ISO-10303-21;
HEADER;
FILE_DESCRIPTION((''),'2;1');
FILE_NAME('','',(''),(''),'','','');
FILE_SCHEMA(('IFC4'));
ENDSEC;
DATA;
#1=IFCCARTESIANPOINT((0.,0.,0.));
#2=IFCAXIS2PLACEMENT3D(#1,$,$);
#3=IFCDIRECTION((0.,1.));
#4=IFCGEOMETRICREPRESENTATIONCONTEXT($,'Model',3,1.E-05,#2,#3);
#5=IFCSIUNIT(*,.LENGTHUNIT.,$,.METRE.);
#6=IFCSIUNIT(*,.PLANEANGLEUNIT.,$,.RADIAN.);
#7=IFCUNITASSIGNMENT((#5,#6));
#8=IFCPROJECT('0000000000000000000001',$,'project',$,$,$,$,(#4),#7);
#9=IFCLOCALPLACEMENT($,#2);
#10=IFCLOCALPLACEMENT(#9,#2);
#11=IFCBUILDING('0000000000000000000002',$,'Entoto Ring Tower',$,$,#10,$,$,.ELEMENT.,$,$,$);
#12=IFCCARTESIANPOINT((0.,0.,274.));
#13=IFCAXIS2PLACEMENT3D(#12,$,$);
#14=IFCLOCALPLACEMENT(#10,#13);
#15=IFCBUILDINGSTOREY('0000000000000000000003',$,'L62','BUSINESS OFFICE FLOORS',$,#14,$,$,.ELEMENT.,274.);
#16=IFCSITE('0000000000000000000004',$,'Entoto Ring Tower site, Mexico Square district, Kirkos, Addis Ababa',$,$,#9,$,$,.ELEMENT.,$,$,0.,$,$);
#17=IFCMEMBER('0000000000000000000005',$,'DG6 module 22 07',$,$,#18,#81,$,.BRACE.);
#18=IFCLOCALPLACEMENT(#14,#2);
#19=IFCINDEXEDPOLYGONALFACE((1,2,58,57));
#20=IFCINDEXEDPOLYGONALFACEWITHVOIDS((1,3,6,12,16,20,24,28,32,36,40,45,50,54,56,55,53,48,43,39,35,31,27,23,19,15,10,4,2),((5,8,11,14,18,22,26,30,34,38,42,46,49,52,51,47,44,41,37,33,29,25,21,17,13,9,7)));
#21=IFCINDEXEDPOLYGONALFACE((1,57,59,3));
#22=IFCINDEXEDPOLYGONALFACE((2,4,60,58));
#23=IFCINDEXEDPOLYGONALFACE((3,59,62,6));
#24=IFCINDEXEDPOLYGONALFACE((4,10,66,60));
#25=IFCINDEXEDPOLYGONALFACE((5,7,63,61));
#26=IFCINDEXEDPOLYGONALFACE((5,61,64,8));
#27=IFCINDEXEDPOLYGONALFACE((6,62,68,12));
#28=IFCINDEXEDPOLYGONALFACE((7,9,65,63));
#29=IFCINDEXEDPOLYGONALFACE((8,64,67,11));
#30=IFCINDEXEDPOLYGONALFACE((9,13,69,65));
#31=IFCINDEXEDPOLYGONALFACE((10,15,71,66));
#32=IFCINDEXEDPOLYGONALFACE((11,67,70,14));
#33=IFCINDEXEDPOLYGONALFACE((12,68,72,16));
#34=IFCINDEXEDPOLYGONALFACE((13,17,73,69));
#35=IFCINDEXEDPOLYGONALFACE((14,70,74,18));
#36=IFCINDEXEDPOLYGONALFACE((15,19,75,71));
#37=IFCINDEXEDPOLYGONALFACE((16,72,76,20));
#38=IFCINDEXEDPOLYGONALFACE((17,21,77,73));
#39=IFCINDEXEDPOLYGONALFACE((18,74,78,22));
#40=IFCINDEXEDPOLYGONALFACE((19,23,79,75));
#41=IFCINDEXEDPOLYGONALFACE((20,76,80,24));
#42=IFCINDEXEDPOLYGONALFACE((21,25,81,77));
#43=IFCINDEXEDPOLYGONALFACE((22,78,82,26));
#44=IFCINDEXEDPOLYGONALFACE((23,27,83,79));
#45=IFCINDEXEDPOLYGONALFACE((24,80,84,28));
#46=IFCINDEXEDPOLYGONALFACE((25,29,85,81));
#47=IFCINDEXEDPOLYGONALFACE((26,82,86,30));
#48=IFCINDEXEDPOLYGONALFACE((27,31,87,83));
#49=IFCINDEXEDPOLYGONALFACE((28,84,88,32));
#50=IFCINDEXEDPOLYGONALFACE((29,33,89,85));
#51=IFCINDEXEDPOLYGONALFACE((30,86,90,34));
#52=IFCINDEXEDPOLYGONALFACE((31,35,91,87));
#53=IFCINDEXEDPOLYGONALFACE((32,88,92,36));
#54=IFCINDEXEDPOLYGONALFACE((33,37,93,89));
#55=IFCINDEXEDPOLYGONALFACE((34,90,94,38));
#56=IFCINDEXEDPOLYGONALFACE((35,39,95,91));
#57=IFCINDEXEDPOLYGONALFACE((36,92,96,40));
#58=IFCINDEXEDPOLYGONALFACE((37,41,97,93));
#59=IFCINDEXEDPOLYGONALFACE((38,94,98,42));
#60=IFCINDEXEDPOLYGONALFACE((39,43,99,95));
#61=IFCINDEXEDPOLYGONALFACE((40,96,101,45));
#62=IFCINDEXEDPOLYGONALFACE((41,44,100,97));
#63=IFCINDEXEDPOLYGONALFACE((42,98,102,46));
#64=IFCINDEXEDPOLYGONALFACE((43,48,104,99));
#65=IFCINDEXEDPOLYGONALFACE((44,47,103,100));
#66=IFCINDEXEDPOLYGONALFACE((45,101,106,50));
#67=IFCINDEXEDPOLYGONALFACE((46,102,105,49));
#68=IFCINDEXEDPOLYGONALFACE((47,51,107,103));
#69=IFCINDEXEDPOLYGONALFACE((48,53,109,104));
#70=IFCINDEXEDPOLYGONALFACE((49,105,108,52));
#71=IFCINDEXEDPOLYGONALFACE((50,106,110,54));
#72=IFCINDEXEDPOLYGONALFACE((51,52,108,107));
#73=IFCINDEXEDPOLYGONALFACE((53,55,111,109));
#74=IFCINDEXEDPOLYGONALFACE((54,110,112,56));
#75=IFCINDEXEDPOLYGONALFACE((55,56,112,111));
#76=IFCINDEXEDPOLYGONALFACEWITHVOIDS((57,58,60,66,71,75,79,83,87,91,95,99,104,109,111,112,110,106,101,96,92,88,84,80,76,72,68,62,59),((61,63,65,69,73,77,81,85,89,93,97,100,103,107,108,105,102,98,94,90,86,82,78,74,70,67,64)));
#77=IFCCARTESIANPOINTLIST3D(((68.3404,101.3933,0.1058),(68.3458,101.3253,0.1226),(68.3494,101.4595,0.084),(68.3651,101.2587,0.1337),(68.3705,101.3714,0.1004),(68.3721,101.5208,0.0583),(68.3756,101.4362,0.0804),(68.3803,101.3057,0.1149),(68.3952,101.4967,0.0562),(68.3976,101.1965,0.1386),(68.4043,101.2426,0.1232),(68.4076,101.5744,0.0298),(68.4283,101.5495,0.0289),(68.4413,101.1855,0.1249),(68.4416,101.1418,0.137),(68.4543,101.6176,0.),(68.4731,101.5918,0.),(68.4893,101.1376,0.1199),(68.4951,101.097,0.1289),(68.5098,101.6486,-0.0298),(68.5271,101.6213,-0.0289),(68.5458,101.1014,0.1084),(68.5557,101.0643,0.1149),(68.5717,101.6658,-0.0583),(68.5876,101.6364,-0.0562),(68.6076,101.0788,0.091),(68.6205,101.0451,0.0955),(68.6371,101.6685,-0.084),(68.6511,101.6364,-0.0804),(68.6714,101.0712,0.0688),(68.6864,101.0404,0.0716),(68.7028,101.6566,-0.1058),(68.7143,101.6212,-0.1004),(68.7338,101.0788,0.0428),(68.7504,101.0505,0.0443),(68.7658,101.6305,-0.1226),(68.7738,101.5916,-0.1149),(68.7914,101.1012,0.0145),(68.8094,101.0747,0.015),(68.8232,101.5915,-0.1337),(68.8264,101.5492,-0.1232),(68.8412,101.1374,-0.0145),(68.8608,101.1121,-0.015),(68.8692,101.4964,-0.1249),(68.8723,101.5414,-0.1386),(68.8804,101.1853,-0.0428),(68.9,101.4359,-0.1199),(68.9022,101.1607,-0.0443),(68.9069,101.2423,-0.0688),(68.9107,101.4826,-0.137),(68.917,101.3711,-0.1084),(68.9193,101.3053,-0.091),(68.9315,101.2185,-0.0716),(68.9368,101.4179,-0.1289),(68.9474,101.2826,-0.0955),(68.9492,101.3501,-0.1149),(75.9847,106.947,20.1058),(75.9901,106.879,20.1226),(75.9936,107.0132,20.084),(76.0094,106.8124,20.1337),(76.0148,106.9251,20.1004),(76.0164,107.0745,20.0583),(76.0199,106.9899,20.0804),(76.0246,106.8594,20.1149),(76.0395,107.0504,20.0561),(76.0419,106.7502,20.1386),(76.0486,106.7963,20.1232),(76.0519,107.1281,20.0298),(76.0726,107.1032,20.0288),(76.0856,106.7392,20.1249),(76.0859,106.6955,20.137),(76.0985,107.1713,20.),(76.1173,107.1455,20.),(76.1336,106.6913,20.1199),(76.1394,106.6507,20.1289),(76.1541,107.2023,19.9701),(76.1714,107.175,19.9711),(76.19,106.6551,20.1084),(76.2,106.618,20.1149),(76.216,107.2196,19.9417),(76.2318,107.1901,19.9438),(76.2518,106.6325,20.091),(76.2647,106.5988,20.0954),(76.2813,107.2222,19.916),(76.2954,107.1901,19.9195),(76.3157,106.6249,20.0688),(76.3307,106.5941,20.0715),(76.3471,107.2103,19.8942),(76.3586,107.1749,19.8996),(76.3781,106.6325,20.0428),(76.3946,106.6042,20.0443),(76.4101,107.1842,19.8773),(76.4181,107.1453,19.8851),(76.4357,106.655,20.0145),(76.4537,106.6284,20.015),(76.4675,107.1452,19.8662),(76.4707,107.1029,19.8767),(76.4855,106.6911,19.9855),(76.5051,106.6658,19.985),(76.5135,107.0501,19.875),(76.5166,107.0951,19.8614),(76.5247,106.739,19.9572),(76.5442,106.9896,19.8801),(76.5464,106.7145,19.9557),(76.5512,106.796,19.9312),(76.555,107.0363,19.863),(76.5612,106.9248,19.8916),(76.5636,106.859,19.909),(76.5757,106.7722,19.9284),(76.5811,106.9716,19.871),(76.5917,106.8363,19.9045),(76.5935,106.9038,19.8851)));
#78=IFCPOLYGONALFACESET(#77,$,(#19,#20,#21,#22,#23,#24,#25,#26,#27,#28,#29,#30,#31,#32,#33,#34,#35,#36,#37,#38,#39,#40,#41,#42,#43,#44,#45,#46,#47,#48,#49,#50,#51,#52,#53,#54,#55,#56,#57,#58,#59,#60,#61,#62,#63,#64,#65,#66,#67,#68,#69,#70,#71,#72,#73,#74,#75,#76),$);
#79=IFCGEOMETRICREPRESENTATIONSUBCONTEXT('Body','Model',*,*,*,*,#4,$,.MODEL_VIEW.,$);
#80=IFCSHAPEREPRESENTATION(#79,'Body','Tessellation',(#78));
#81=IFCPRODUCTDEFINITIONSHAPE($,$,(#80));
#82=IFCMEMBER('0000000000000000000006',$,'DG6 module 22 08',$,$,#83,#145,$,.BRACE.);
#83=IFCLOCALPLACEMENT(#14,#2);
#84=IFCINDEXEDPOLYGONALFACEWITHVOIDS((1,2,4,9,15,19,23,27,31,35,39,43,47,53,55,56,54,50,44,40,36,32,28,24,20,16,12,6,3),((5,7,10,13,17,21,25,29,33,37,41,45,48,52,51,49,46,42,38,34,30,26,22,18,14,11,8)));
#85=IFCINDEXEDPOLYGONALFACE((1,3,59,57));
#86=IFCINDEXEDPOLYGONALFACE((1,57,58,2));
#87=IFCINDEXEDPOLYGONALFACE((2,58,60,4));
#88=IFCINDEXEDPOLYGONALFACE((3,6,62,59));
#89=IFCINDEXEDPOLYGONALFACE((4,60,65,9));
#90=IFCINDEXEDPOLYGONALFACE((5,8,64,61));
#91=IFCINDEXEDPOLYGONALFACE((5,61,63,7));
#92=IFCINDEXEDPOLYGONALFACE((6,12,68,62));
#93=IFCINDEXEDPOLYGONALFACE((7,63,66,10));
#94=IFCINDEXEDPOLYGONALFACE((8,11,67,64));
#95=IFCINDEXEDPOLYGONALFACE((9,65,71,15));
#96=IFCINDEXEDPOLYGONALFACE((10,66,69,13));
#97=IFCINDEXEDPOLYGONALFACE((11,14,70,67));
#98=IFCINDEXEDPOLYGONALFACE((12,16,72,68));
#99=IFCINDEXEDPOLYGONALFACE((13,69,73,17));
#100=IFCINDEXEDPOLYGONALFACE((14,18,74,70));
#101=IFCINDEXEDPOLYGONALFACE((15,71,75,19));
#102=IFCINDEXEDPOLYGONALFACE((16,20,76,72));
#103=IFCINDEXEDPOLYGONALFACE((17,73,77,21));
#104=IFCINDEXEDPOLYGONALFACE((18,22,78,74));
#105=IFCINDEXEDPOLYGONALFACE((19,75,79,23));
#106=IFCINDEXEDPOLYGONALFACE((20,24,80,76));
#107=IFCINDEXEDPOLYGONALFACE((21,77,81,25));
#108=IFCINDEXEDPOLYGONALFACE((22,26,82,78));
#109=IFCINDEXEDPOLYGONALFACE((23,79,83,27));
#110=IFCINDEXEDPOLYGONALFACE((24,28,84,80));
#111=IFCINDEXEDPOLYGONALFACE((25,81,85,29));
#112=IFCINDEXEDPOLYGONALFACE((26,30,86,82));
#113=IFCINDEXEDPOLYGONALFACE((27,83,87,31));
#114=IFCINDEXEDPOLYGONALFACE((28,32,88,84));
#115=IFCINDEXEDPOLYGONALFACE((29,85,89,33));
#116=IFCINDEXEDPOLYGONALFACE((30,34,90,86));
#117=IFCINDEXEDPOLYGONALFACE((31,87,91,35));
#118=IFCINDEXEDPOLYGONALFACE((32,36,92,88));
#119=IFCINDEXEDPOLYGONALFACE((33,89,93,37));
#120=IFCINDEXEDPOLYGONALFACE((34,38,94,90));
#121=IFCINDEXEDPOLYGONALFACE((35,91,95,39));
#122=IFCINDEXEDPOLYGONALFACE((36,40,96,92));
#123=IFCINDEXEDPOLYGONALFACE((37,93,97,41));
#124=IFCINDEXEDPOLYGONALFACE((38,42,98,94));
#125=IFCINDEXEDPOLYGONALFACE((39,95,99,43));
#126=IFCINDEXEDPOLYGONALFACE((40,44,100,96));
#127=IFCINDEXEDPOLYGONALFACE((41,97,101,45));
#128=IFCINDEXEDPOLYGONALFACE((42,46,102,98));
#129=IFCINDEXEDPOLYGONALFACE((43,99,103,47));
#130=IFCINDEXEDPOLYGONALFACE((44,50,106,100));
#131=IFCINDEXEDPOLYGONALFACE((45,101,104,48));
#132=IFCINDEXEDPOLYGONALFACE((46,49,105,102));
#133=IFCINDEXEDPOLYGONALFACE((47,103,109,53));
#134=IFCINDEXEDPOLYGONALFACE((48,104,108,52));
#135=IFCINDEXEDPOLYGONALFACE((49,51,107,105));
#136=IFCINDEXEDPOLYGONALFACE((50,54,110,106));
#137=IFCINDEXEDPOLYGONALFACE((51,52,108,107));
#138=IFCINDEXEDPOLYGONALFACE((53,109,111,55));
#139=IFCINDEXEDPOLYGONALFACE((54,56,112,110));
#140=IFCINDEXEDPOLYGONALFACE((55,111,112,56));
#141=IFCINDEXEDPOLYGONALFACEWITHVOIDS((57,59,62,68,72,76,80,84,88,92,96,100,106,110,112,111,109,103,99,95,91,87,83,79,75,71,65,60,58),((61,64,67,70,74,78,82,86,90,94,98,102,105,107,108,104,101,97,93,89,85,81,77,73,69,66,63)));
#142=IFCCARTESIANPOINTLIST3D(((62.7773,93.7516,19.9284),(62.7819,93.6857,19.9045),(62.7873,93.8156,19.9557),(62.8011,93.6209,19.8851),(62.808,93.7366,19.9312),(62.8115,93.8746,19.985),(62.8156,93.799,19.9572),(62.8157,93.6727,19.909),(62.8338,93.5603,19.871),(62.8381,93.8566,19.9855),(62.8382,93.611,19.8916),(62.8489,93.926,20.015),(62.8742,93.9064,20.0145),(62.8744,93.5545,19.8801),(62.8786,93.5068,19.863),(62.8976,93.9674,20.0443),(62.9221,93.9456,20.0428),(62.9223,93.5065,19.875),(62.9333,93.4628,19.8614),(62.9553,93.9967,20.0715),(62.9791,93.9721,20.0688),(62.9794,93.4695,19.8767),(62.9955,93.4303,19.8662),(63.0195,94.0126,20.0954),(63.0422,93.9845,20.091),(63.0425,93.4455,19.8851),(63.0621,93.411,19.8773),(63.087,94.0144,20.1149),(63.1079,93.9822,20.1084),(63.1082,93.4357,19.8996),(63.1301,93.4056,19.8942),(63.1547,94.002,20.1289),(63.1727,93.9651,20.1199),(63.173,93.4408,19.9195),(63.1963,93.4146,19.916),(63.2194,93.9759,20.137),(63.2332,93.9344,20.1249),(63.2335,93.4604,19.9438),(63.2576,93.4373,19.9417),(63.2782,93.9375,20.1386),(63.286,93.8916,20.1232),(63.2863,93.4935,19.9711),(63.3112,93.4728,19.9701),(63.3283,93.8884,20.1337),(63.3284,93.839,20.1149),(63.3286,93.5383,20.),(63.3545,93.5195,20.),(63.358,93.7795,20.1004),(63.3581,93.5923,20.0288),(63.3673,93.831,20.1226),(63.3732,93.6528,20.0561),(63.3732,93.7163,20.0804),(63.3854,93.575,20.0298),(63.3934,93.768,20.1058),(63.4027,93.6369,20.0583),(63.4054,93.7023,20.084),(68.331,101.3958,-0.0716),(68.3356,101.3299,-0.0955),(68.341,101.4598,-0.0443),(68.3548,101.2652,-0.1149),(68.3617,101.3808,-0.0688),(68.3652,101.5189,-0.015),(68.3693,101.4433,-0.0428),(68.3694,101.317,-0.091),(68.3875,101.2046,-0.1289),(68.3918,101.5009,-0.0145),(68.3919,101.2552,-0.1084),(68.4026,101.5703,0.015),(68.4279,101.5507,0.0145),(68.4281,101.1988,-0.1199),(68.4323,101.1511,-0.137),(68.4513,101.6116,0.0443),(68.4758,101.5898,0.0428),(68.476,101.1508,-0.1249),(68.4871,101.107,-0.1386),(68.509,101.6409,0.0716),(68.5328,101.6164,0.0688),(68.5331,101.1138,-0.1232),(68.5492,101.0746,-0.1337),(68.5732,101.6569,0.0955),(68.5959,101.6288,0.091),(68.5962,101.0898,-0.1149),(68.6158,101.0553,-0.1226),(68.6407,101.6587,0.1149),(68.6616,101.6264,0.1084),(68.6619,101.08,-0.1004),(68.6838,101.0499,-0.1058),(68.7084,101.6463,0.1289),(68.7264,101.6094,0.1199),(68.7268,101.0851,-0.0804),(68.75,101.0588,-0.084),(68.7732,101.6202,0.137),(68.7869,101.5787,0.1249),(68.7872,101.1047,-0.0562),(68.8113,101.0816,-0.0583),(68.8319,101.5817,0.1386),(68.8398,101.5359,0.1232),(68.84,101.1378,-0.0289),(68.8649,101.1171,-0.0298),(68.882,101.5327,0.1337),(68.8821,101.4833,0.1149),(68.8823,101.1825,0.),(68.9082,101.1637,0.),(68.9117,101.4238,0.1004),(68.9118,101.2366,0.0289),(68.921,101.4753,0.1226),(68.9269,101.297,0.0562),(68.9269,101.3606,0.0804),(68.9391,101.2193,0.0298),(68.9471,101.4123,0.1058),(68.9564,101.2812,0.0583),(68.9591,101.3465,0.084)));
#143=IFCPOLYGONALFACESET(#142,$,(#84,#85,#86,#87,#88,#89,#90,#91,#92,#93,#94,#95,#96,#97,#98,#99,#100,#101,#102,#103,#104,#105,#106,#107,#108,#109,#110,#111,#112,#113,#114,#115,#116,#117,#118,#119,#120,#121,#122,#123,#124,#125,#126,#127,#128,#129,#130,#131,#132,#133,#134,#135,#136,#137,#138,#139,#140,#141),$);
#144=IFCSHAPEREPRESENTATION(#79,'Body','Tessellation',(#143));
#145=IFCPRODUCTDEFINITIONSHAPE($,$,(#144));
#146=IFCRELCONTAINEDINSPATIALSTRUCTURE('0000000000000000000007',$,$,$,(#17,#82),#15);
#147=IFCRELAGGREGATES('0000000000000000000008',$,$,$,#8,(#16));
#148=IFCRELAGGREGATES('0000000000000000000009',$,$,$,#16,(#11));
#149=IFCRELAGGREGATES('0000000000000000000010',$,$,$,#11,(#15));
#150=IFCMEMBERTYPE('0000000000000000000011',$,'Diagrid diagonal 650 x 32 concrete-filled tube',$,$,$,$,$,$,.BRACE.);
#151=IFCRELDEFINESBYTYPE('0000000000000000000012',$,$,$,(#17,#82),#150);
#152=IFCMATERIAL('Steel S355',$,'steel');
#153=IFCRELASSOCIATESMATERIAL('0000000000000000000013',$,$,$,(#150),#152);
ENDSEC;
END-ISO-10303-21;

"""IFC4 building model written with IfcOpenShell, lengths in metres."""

from ifc_helpers import new_model, si_unit, direction, frame, origin, origin_2d, place, context, subcontext, project, spatial, circle, hollow_circle, extrude, material, material_profile, profile_set, type_object, element, save


model = new_model("IFC4")

# Units and contexts
model_context = context("Model", 3, precision=1e-05, world=origin(), true_north=direction((0.0, 1.0)))
body_context = subcontext(model_context, "Body", "Model", "MODEL_VIEW")
ifc_project = project(units=[si_unit("LENGTHUNIT", "METRE"), si_unit("PLANEANGLEUNIT", "RADIAN")], contexts=[model_context])

# Site, building, storey
site_placement = place(None, origin())
site = spatial("IfcSite", under=ifc_project, at=site_placement, Name="Entoto Ring Tower site, Mexico Square district, Kirkos, Addis Ababa", CompositionType="ELEMENT", RefElevation=0.0)
building_placement = place(site_placement, origin())
building = spatial("IfcBuilding", under=site, at=building_placement, Name="Entoto Ring Tower", CompositionType="ELEMENT")
storey_placement = place(building_placement, frame((0.0, 0.0, 274.0)))
storey = spatial("IfcBuildingStorey", under=building, at=storey_placement, Name="L62", Description="BUSINESS OFFICE FLOORS", CompositionType="ELEMENT", Elevation=274.0)

# Members
ifc_material_1 = material(Name="Steel S355", Category="steel")
ifc_material_profile_1 = material_profile(ifc_material_1, hollow_circle(Radius=0.325, WallThickness=0.032, at=origin_2d()), Name="CHS 650 x 32")
ifc_material_2 = material(Name="Concrete C60/75", Category="concrete")
ifc_material_profile_2 = material_profile(ifc_material_2, circle(Radius=0.293, at=origin_2d()), Name="Concrete C60/75 infill")
ifc_profile_set_1 = profile_set([ifc_material_profile_1, ifc_material_profile_2], Name="Steel S355")
member_type_1 = type_object("IfcMemberType", Name="Diagrid diagonal 650 x 32 concrete-filled tube", PredefinedType="BRACE", material=ifc_profile_set_1)
for number, where, z_axis, x_axis, name in (
    (1, (68.6453, 101.3547, 0.0), (0.345588, 0.251076, 0.904174), (-0.587772, 0.809026, 0.0), "DG6 module 22 07"),
    (2, (68.6453, 101.3547, 0.0), (-0.251076, -0.345588, 0.904174), (0.809026, -0.587772, 0.0), "DG6 module 22 08"),
):
    element("IfcMember", number, at=place(storey_placement, frame(where, z_axis=z_axis, x_axis=x_axis)), inside=storey, type_object=member_type_1, Name=name, PredefinedType="BRACE", context=body_context, shape_type="SweptSolid", body=[
        extrude(hollow_circle(Radius=0.325, WallThickness=0.032, at=origin_2d()), origin(), (0.0, 0.0, 1.0), 22.1196),
    ])

save(model, "model.ifc")
